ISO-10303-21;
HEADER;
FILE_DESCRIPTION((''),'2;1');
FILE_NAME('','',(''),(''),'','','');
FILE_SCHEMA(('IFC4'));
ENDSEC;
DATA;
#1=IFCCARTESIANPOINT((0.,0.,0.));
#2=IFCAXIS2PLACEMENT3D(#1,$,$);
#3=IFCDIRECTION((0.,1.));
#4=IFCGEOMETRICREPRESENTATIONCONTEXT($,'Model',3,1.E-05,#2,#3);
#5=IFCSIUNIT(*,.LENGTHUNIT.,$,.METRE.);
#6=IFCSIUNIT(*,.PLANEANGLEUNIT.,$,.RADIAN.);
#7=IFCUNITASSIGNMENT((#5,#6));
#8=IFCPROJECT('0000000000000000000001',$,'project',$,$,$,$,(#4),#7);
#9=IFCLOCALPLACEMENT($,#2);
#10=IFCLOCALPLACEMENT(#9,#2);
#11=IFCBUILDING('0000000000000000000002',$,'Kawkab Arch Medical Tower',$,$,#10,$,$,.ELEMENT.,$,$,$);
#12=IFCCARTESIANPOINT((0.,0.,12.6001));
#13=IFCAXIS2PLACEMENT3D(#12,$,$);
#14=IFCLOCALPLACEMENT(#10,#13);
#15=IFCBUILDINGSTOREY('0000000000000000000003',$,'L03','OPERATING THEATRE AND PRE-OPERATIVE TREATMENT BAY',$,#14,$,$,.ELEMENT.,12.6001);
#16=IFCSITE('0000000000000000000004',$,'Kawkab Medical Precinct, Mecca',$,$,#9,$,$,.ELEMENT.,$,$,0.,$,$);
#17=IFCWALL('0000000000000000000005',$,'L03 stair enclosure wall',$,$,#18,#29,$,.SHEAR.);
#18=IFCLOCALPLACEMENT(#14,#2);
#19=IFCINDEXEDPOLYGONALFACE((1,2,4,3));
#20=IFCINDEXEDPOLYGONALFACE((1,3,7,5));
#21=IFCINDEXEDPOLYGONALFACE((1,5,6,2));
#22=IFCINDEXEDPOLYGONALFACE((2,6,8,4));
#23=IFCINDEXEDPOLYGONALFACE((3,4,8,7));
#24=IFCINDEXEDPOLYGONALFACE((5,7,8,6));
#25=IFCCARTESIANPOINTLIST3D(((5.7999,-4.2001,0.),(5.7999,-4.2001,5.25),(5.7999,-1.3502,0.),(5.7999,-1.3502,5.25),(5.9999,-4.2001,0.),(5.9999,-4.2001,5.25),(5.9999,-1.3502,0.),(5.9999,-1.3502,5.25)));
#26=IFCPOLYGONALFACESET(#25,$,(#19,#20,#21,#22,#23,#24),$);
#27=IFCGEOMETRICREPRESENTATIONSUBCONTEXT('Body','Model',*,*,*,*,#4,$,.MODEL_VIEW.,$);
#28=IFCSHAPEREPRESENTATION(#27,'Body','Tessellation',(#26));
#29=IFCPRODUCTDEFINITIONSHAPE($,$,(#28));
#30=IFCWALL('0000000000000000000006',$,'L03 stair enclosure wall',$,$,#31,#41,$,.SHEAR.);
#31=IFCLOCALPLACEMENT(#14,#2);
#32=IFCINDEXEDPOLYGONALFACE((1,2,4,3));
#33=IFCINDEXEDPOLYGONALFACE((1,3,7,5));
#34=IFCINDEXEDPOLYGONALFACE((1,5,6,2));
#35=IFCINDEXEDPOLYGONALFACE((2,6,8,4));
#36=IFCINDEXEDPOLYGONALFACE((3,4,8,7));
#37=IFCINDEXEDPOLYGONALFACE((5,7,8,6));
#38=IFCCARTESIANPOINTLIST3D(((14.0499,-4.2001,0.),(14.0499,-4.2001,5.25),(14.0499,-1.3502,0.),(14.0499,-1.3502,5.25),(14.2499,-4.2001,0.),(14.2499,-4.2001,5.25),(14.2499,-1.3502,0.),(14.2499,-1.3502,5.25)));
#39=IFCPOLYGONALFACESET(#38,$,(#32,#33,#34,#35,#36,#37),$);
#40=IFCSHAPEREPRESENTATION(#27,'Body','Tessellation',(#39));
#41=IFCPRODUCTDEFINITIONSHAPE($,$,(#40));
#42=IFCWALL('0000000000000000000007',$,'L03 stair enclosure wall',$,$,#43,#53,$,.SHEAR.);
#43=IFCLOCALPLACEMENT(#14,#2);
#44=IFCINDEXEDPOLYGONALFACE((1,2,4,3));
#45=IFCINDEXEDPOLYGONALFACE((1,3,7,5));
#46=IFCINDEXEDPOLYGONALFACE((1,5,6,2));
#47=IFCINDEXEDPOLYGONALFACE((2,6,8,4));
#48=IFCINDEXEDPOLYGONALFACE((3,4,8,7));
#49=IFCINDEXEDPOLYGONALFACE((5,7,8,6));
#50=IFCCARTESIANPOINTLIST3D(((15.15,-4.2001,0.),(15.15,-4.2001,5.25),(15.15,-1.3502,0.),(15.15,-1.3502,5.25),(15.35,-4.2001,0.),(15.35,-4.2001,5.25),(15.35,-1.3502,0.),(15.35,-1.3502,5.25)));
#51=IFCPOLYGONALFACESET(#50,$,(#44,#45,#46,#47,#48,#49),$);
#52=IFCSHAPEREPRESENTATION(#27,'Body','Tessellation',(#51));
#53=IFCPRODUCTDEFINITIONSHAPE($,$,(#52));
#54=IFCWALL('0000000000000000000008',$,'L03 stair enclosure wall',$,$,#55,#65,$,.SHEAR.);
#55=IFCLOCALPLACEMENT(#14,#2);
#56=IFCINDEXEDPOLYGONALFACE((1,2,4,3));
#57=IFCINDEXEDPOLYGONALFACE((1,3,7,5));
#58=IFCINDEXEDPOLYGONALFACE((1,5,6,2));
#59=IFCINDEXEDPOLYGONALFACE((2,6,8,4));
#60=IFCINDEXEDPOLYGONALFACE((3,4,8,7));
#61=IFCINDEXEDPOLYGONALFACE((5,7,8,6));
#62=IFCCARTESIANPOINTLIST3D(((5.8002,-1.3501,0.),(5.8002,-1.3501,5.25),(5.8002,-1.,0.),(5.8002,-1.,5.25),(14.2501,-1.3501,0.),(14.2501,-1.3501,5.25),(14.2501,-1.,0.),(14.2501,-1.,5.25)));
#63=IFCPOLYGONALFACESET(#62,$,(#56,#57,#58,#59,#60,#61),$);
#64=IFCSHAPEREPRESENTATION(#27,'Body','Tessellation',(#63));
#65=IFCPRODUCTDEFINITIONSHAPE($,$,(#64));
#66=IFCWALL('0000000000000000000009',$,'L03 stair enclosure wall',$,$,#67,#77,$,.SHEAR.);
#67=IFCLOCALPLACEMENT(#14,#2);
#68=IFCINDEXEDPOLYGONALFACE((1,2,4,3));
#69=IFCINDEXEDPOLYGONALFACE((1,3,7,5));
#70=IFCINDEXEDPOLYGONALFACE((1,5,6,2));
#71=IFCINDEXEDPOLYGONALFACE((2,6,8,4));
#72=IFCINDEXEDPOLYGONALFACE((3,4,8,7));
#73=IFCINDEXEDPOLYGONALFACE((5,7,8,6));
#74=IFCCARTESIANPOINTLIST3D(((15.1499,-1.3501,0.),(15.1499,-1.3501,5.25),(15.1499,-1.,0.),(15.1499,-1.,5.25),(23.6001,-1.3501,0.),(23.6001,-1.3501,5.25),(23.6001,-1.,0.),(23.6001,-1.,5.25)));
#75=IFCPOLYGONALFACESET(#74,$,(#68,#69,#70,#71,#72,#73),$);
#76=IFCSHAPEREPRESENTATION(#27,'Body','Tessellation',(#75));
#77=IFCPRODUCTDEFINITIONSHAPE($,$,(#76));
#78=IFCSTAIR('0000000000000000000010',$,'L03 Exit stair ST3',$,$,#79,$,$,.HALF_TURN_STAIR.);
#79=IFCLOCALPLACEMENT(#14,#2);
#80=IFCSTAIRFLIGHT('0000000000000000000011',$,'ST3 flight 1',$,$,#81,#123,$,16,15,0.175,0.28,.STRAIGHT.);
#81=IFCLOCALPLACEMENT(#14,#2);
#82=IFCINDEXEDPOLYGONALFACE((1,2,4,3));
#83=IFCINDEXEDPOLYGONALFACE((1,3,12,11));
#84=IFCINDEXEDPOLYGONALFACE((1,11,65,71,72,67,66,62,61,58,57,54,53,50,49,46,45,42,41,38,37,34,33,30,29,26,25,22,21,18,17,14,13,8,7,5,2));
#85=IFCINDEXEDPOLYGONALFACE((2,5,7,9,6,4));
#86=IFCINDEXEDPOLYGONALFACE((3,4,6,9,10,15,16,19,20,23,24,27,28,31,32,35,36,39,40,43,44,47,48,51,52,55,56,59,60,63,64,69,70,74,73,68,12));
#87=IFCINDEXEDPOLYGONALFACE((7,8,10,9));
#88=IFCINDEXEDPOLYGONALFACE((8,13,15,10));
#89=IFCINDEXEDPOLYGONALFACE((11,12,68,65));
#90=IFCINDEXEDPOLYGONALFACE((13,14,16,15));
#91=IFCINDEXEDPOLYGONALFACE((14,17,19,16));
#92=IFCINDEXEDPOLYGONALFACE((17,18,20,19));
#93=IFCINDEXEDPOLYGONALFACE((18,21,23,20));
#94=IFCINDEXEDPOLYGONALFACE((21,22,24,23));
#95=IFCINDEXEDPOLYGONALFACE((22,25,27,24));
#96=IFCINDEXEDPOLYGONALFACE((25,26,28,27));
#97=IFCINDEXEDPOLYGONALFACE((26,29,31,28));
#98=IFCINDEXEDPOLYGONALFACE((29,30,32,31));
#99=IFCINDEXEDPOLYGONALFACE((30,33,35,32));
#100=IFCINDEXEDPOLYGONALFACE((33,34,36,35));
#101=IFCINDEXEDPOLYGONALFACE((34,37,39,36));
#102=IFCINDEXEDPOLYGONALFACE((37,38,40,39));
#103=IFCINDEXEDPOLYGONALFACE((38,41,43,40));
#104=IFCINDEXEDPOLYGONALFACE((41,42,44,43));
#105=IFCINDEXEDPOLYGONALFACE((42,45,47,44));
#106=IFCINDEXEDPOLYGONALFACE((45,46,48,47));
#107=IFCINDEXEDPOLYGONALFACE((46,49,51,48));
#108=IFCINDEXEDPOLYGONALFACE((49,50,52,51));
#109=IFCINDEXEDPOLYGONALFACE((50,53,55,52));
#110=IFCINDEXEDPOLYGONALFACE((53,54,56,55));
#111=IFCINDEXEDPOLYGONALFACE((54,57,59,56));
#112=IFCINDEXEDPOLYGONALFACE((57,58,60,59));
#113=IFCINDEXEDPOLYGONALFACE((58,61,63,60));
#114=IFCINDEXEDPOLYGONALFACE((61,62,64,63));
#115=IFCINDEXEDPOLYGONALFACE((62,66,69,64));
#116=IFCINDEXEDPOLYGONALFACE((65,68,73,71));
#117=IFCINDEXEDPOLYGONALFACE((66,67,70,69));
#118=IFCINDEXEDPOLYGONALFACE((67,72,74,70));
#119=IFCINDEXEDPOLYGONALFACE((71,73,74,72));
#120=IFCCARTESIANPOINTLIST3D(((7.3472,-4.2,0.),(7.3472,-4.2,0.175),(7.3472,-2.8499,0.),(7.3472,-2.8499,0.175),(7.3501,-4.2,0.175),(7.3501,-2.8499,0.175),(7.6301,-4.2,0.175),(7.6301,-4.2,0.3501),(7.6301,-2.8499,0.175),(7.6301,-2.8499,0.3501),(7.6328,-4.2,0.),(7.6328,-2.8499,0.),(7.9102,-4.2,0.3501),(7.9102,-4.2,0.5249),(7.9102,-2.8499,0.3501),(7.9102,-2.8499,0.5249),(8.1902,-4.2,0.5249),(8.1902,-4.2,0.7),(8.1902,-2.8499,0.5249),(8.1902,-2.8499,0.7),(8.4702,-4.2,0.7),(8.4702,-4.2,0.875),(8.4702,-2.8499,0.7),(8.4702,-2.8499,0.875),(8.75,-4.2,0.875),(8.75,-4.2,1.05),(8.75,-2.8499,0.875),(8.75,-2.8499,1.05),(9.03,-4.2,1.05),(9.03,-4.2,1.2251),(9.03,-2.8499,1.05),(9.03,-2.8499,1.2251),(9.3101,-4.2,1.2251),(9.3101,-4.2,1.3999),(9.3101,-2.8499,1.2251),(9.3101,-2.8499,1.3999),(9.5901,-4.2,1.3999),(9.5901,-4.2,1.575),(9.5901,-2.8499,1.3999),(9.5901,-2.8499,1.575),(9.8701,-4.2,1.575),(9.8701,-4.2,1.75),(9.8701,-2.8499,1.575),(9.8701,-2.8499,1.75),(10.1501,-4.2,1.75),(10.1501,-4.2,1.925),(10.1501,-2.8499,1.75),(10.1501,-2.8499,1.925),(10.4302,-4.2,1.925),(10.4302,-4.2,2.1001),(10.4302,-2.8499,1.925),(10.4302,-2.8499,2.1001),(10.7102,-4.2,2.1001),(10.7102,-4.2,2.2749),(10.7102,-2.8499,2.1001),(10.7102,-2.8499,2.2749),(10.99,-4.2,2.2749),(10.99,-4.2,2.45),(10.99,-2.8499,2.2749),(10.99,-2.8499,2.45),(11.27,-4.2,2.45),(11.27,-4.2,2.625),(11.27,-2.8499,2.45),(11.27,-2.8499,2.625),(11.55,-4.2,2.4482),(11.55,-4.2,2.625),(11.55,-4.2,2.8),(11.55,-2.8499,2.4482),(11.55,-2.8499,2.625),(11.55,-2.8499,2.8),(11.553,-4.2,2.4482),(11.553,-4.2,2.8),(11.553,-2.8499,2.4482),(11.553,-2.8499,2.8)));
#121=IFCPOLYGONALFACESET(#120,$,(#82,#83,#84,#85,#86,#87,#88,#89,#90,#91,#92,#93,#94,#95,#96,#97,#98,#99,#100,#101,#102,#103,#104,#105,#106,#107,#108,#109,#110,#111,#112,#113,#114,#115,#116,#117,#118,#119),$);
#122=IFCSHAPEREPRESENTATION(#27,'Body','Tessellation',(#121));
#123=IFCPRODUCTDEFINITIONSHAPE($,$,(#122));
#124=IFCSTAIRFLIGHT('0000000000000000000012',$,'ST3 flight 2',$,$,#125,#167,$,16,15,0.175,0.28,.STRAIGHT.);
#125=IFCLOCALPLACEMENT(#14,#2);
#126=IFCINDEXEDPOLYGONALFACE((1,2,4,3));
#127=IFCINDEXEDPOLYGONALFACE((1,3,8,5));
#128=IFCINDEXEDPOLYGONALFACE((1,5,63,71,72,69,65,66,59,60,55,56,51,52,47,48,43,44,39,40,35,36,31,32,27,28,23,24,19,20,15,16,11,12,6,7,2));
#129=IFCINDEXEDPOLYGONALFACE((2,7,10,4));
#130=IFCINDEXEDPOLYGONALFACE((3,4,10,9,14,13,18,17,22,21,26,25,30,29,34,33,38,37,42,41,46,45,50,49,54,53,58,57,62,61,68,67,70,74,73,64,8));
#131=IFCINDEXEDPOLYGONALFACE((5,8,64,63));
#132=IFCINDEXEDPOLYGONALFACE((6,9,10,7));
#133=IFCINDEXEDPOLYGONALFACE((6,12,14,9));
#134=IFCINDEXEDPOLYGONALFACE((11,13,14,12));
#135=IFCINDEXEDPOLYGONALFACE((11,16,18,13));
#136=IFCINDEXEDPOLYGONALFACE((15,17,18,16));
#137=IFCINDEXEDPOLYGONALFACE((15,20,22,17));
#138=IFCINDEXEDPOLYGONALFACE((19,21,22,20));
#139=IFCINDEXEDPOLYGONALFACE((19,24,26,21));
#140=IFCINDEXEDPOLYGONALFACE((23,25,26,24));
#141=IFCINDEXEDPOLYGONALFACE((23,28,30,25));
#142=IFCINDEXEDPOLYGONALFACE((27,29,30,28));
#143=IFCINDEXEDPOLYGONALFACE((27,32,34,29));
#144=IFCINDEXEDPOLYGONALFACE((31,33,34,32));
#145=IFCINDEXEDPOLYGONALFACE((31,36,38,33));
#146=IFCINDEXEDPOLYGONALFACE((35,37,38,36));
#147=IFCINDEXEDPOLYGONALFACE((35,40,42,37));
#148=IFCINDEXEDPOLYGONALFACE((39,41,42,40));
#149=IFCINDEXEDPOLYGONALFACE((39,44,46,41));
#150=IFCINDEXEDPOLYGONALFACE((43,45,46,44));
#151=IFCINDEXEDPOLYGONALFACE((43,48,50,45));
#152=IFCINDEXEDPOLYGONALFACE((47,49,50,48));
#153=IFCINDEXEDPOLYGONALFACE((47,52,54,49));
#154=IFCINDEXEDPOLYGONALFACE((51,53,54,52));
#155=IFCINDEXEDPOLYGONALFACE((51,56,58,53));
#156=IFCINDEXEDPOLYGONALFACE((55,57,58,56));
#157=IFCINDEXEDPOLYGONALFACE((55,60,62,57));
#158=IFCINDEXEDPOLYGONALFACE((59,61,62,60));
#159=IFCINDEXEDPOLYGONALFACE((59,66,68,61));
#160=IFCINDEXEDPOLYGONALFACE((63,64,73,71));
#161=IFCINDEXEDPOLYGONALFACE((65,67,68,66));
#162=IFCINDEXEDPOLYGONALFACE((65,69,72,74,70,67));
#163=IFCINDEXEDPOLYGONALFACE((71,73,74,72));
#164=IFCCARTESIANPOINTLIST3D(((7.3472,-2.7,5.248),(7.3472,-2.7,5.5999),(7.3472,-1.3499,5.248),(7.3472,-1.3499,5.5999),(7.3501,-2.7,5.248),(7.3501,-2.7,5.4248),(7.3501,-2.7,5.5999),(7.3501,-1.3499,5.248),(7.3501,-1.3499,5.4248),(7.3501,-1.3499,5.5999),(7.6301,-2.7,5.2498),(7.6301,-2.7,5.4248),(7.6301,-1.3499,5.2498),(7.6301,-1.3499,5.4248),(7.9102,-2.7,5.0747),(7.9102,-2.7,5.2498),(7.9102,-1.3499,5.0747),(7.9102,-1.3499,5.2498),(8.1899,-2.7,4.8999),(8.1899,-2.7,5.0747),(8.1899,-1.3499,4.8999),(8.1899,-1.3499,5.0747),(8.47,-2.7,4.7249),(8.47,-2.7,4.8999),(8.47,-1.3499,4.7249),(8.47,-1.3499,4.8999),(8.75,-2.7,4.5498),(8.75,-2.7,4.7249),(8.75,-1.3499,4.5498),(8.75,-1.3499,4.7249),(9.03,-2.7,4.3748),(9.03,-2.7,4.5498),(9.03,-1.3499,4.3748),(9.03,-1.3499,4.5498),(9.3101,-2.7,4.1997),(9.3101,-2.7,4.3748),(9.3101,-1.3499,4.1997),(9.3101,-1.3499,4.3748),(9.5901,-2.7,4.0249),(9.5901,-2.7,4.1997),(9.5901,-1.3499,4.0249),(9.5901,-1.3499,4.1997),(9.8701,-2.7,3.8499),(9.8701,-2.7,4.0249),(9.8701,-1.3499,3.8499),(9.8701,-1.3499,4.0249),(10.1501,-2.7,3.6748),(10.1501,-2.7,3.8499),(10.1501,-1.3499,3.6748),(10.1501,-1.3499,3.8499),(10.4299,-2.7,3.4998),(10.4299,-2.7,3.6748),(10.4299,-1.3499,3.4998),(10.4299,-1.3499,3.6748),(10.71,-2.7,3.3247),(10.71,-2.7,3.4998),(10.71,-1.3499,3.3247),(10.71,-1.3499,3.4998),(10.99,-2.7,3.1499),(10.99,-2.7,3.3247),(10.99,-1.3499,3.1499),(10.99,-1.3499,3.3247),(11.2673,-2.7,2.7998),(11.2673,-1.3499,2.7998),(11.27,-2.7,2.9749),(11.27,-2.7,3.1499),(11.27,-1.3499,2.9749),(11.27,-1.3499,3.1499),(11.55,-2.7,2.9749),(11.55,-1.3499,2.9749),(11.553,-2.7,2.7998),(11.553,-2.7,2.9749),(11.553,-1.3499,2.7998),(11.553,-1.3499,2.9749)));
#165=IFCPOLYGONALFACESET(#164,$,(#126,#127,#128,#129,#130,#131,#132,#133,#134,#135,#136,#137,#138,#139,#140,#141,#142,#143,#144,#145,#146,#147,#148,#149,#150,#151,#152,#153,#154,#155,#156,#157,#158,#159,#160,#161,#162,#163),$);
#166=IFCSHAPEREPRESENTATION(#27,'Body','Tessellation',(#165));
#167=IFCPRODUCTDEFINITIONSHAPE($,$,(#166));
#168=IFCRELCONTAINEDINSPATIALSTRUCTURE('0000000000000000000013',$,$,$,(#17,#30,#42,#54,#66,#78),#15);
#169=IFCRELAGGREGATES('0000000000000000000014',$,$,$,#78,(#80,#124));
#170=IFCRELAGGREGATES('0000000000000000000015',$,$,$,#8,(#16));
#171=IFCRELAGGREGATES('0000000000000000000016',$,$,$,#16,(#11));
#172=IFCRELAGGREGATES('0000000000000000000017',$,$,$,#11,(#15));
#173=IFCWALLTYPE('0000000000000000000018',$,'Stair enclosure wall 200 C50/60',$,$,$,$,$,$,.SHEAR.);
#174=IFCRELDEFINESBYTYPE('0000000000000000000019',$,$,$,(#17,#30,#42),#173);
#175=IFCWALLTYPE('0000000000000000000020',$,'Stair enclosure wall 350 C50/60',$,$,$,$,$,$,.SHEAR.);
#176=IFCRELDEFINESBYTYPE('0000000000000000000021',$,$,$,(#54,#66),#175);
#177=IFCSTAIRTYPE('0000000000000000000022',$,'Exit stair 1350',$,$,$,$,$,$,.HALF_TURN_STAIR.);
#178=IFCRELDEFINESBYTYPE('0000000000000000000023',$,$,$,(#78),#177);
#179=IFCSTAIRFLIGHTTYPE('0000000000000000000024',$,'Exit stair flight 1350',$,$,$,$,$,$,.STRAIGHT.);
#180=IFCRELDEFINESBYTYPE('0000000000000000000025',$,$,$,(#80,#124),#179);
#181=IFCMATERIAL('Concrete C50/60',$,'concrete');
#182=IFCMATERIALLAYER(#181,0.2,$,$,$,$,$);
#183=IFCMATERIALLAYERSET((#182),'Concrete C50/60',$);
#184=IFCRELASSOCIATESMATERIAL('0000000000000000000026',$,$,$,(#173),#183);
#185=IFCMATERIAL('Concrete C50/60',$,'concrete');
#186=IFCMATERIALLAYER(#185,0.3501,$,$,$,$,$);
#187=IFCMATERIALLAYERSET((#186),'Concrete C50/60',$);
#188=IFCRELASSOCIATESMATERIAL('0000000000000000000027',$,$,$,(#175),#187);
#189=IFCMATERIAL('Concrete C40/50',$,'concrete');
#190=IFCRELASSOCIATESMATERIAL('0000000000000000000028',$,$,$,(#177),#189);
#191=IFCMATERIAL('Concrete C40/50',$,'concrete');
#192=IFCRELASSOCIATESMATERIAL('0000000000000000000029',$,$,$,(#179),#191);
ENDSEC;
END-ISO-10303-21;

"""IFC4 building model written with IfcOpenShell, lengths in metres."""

from ifc_helpers import new_model, si_unit, direction, frame, frame_2d, origin, place, context, subcontext, project, spatial, polyline, rectangle, outline, extrude, material, layer, layer_set, type_object, element, aggregate, save


model = new_model("IFC4")

# Units and contexts
model_context = context("Model", 3, precision=1e-05, world=origin(), true_north=direction((0.0, 1.0)))
body_context = subcontext(model_context, "Body", "Model", "MODEL_VIEW")
ifc_project = project(units=[si_unit("LENGTHUNIT", "METRE"), si_unit("PLANEANGLEUNIT", "RADIAN")], contexts=[model_context])

# Site, building, storey
site_placement = place(None, origin())
site = spatial("IfcSite", under=ifc_project, at=site_placement, Name="Kawkab Medical Precinct, Mecca", CompositionType="ELEMENT", RefElevation=0.0)
building_placement = place(site_placement, origin())
building = spatial("IfcBuilding", under=site, at=building_placement, Name="Kawkab Arch Medical Tower", CompositionType="ELEMENT")
storey_placement = place(building_placement, frame((0.0, 0.0, 12.6001)))
storey = spatial("IfcBuildingStorey", under=building, at=storey_placement, Name="L03", Description="OPERATING THEATRE AND PRE-OPERATIVE TREATMENT BAY", CompositionType="ELEMENT", Elevation=12.6001)

# Walls
ifc_material_1 = material(Name="Concrete C50/60", Category="concrete")
ifc_layer_1 = layer(ifc_material_1, 0.2)
ifc_layer_set_1 = layer_set([ifc_layer_1], Name="Concrete C50/60")
wall_type_1 = type_object("IfcWallType", Name="Stair enclosure wall 200 C50/60", PredefinedType="SHEAR", material=ifc_layer_set_1)
for number, where, z_axis, x_axis, name in (
    (1, (5.8999, -4.2, 0.0), (0.0, 0.0, 1.0), (0.0, 1.0, 0.0), "L03 stair enclosure wall"),
    (2, (14.1499, -4.2, 0.0), (0.0, 0.0, 1.0), (0.0, 1.0, 0.0), "L03 stair enclosure wall"),
    (3, (15.25, -4.2, 0.0), (0.0, 0.0, 1.0), (0.0, 1.0, 0.0), "L03 stair enclosure wall"),
):
    element("IfcWall", number, at=place(storey_placement, frame(where, z_axis=z_axis, x_axis=x_axis)), inside=storey, type_object=wall_type_1, Name=name, PredefinedType="SHEAR", context=body_context, shape_type="SweptSolid", body=[
        extrude(rectangle(XDim=2.8499, YDim=0.2, at=frame_2d((1.4248, 0.0))), origin(), (0.0, 0.0, 1.0), 5.25),
    ])
ifc_material_2 = material(Name="Concrete C50/60", Category="concrete")
ifc_layer_2 = layer(ifc_material_2, 0.3501)
ifc_layer_set_2 = layer_set([ifc_layer_2], Name="Concrete C50/60")
wall_type_2 = type_object("IfcWallType", Name="Stair enclosure wall 350 C50/60", PredefinedType="SHEAR", material=ifc_layer_set_2)
wall_1_placement = place(storey_placement, frame((5.8, -1.175, 0.0), z_axis=(0.0, 0.0, 1.0), x_axis=(1.0, 0.0, 0.0)))
element("IfcWall", 4, at=wall_1_placement, inside=storey, type_object=wall_type_2, Name="L03 stair enclosure wall", PredefinedType="SHEAR", context=body_context, shape_type="SweptSolid", body=[
    extrude(rectangle(XDim=8.45, YDim=0.3501, at=frame_2d((4.2251, 0.0))), origin(), (0.0, 0.0, 1.0), 5.25),
])
wall_2_placement = place(storey_placement, frame((15.1499, -1.175, 0.0), z_axis=(0.0, 0.0, 1.0), x_axis=(1.0, 0.0, 0.0)))
element("IfcWall", 5, at=wall_2_placement, inside=storey, type_object=wall_type_2, Name="L03 stair enclosure wall", PredefinedType="SHEAR", context=body_context, shape_type="SweptSolid", body=[
    extrude(rectangle(XDim=8.4502, YDim=0.3501, at=frame_2d((4.2251, 0.0))), origin(), (0.0, 0.0, 1.0), 5.25),
])

# Stair, stair flights
ifc_material_3 = material(Name="Concrete C40/50", Category="concrete")
stair_type = type_object("IfcStairType", Name="Exit stair 1350", PredefinedType="HALF_TURN_STAIR", material=ifc_material_3)
placement = place(storey_placement, origin())
stair_1 = element("IfcStair", 6, at=placement, inside=storey, type_object=stair_type, Name="L03 Exit stair ST3", PredefinedType="HALF_TURN_STAIR")
ifc_material_4 = material(Name="Concrete C40/50", Category="concrete")
stair_flight_type = type_object("IfcStairFlightType", Name="Exit stair flight 1350", PredefinedType="STRAIGHT", material=ifc_material_4)
stair_flight_1_placement = place(storey_placement, frame((7.3501, -3.5249, 0.0), z_axis=(0.0, 0.0, 1.0), x_axis=(1.0, 0.0, 0.0)))
stair_flight_1 = element("IfcStairFlight", 7, at=stair_flight_1_placement, type_object=stair_flight_type, Name="ST3 flight 1", NumberOfRisers=16, NumberOfTreads=15, PredefinedType="STRAIGHT", RiserHeight=0.175, TreadLength=0.28, context=body_context, shape_type="SweptSolid", body=[
    extrude(outline(polyline([(-0.0029, 0.0), (-0.0029, 0.175), (0.0, 0.175), (0.28, 0.175), (0.28, 0.3501), (0.5601, 0.3501), (0.5601, 0.5249), (0.8401, 0.5249), (0.8401, 0.7), (1.1201, 0.7), (1.1201, 0.875), (1.3999, 0.875), (1.3999, 1.05), (1.6799, 1.05), (1.6799, 1.2251), (1.96, 1.2251), (1.96, 1.3999), (2.24, 1.3999), (2.24, 1.575), (2.52, 1.575), (2.52, 1.75), (2.8, 1.75), (2.8, 1.925), (3.0801, 1.925), (3.0801, 2.1001), (3.3601, 2.1001), (3.3601, 2.2749), (3.6399, 2.2749), (3.6399, 2.45), (3.9199, 2.45), (3.9199, 2.625), (4.2, 2.625), (4.2, 2.8), (4.2029, 2.8), (4.2029, 2.4482), (4.2, 2.4482), (0.2827, 0.0), (-0.0029, 0.0)])), frame((0.0, 0.675, 0.0), z_axis=(0.0, -1.0, 0.0), x_axis=(1.0, 0.0, 0.0)), (0.0, 0.0, 1.0), 1.3501),
])
stair_flight_2_placement = place(storey_placement, frame((11.55, -2.0249, 2.7998), z_axis=(0.0, 0.0, 1.0), x_axis=(-1.0, 0.0, 0.0)))
stair_flight_2 = element("IfcStairFlight", 8, at=stair_flight_2_placement, type_object=stair_flight_type, Name="ST3 flight 2", NumberOfRisers=16, NumberOfTreads=15, PredefinedType="STRAIGHT", RiserHeight=0.175, TreadLength=0.28, context=body_context, shape_type="SweptSolid", body=[
    extrude(outline(polyline([(-0.0029, 0.0), (-0.0029, 0.175), (0.0, 0.175), (0.28, 0.175), (0.28, 0.3501), (0.5601, 0.3501), (0.5601, 0.5249), (0.8401, 0.5249), (0.8401, 0.7), (1.1201, 0.7), (1.1201, 0.875), (1.3999, 0.875), (1.3999, 1.05), (1.6799, 1.05), (1.6799, 1.2251), (1.96, 1.2251), (1.96, 1.3999), (2.24, 1.3999), (2.24, 1.575), (2.52, 1.575), (2.52, 1.75), (2.8, 1.75), (2.8, 1.925), (3.0801, 1.925), (3.0801, 2.1001), (3.3601, 2.1001), (3.3601, 2.2749), (3.6399, 2.2749), (3.6399, 2.45), (3.9199, 2.45), (3.9199, 2.625), (4.2, 2.625), (4.2, 2.8), (4.2029, 2.8), (4.2029, 2.4482), (4.2, 2.4482), (0.2827, 0.0), (-0.0029, 0.0)])), frame((0.0, 0.675, 0.0), z_axis=(0.0, -1.0, 0.0), x_axis=(1.0, 0.0, 0.0)), (0.0, 0.0, 1.0), 1.3501),
])
aggregate(stair_1, [stair_flight_1, stair_flight_2])

save(model, "model.ifc")
